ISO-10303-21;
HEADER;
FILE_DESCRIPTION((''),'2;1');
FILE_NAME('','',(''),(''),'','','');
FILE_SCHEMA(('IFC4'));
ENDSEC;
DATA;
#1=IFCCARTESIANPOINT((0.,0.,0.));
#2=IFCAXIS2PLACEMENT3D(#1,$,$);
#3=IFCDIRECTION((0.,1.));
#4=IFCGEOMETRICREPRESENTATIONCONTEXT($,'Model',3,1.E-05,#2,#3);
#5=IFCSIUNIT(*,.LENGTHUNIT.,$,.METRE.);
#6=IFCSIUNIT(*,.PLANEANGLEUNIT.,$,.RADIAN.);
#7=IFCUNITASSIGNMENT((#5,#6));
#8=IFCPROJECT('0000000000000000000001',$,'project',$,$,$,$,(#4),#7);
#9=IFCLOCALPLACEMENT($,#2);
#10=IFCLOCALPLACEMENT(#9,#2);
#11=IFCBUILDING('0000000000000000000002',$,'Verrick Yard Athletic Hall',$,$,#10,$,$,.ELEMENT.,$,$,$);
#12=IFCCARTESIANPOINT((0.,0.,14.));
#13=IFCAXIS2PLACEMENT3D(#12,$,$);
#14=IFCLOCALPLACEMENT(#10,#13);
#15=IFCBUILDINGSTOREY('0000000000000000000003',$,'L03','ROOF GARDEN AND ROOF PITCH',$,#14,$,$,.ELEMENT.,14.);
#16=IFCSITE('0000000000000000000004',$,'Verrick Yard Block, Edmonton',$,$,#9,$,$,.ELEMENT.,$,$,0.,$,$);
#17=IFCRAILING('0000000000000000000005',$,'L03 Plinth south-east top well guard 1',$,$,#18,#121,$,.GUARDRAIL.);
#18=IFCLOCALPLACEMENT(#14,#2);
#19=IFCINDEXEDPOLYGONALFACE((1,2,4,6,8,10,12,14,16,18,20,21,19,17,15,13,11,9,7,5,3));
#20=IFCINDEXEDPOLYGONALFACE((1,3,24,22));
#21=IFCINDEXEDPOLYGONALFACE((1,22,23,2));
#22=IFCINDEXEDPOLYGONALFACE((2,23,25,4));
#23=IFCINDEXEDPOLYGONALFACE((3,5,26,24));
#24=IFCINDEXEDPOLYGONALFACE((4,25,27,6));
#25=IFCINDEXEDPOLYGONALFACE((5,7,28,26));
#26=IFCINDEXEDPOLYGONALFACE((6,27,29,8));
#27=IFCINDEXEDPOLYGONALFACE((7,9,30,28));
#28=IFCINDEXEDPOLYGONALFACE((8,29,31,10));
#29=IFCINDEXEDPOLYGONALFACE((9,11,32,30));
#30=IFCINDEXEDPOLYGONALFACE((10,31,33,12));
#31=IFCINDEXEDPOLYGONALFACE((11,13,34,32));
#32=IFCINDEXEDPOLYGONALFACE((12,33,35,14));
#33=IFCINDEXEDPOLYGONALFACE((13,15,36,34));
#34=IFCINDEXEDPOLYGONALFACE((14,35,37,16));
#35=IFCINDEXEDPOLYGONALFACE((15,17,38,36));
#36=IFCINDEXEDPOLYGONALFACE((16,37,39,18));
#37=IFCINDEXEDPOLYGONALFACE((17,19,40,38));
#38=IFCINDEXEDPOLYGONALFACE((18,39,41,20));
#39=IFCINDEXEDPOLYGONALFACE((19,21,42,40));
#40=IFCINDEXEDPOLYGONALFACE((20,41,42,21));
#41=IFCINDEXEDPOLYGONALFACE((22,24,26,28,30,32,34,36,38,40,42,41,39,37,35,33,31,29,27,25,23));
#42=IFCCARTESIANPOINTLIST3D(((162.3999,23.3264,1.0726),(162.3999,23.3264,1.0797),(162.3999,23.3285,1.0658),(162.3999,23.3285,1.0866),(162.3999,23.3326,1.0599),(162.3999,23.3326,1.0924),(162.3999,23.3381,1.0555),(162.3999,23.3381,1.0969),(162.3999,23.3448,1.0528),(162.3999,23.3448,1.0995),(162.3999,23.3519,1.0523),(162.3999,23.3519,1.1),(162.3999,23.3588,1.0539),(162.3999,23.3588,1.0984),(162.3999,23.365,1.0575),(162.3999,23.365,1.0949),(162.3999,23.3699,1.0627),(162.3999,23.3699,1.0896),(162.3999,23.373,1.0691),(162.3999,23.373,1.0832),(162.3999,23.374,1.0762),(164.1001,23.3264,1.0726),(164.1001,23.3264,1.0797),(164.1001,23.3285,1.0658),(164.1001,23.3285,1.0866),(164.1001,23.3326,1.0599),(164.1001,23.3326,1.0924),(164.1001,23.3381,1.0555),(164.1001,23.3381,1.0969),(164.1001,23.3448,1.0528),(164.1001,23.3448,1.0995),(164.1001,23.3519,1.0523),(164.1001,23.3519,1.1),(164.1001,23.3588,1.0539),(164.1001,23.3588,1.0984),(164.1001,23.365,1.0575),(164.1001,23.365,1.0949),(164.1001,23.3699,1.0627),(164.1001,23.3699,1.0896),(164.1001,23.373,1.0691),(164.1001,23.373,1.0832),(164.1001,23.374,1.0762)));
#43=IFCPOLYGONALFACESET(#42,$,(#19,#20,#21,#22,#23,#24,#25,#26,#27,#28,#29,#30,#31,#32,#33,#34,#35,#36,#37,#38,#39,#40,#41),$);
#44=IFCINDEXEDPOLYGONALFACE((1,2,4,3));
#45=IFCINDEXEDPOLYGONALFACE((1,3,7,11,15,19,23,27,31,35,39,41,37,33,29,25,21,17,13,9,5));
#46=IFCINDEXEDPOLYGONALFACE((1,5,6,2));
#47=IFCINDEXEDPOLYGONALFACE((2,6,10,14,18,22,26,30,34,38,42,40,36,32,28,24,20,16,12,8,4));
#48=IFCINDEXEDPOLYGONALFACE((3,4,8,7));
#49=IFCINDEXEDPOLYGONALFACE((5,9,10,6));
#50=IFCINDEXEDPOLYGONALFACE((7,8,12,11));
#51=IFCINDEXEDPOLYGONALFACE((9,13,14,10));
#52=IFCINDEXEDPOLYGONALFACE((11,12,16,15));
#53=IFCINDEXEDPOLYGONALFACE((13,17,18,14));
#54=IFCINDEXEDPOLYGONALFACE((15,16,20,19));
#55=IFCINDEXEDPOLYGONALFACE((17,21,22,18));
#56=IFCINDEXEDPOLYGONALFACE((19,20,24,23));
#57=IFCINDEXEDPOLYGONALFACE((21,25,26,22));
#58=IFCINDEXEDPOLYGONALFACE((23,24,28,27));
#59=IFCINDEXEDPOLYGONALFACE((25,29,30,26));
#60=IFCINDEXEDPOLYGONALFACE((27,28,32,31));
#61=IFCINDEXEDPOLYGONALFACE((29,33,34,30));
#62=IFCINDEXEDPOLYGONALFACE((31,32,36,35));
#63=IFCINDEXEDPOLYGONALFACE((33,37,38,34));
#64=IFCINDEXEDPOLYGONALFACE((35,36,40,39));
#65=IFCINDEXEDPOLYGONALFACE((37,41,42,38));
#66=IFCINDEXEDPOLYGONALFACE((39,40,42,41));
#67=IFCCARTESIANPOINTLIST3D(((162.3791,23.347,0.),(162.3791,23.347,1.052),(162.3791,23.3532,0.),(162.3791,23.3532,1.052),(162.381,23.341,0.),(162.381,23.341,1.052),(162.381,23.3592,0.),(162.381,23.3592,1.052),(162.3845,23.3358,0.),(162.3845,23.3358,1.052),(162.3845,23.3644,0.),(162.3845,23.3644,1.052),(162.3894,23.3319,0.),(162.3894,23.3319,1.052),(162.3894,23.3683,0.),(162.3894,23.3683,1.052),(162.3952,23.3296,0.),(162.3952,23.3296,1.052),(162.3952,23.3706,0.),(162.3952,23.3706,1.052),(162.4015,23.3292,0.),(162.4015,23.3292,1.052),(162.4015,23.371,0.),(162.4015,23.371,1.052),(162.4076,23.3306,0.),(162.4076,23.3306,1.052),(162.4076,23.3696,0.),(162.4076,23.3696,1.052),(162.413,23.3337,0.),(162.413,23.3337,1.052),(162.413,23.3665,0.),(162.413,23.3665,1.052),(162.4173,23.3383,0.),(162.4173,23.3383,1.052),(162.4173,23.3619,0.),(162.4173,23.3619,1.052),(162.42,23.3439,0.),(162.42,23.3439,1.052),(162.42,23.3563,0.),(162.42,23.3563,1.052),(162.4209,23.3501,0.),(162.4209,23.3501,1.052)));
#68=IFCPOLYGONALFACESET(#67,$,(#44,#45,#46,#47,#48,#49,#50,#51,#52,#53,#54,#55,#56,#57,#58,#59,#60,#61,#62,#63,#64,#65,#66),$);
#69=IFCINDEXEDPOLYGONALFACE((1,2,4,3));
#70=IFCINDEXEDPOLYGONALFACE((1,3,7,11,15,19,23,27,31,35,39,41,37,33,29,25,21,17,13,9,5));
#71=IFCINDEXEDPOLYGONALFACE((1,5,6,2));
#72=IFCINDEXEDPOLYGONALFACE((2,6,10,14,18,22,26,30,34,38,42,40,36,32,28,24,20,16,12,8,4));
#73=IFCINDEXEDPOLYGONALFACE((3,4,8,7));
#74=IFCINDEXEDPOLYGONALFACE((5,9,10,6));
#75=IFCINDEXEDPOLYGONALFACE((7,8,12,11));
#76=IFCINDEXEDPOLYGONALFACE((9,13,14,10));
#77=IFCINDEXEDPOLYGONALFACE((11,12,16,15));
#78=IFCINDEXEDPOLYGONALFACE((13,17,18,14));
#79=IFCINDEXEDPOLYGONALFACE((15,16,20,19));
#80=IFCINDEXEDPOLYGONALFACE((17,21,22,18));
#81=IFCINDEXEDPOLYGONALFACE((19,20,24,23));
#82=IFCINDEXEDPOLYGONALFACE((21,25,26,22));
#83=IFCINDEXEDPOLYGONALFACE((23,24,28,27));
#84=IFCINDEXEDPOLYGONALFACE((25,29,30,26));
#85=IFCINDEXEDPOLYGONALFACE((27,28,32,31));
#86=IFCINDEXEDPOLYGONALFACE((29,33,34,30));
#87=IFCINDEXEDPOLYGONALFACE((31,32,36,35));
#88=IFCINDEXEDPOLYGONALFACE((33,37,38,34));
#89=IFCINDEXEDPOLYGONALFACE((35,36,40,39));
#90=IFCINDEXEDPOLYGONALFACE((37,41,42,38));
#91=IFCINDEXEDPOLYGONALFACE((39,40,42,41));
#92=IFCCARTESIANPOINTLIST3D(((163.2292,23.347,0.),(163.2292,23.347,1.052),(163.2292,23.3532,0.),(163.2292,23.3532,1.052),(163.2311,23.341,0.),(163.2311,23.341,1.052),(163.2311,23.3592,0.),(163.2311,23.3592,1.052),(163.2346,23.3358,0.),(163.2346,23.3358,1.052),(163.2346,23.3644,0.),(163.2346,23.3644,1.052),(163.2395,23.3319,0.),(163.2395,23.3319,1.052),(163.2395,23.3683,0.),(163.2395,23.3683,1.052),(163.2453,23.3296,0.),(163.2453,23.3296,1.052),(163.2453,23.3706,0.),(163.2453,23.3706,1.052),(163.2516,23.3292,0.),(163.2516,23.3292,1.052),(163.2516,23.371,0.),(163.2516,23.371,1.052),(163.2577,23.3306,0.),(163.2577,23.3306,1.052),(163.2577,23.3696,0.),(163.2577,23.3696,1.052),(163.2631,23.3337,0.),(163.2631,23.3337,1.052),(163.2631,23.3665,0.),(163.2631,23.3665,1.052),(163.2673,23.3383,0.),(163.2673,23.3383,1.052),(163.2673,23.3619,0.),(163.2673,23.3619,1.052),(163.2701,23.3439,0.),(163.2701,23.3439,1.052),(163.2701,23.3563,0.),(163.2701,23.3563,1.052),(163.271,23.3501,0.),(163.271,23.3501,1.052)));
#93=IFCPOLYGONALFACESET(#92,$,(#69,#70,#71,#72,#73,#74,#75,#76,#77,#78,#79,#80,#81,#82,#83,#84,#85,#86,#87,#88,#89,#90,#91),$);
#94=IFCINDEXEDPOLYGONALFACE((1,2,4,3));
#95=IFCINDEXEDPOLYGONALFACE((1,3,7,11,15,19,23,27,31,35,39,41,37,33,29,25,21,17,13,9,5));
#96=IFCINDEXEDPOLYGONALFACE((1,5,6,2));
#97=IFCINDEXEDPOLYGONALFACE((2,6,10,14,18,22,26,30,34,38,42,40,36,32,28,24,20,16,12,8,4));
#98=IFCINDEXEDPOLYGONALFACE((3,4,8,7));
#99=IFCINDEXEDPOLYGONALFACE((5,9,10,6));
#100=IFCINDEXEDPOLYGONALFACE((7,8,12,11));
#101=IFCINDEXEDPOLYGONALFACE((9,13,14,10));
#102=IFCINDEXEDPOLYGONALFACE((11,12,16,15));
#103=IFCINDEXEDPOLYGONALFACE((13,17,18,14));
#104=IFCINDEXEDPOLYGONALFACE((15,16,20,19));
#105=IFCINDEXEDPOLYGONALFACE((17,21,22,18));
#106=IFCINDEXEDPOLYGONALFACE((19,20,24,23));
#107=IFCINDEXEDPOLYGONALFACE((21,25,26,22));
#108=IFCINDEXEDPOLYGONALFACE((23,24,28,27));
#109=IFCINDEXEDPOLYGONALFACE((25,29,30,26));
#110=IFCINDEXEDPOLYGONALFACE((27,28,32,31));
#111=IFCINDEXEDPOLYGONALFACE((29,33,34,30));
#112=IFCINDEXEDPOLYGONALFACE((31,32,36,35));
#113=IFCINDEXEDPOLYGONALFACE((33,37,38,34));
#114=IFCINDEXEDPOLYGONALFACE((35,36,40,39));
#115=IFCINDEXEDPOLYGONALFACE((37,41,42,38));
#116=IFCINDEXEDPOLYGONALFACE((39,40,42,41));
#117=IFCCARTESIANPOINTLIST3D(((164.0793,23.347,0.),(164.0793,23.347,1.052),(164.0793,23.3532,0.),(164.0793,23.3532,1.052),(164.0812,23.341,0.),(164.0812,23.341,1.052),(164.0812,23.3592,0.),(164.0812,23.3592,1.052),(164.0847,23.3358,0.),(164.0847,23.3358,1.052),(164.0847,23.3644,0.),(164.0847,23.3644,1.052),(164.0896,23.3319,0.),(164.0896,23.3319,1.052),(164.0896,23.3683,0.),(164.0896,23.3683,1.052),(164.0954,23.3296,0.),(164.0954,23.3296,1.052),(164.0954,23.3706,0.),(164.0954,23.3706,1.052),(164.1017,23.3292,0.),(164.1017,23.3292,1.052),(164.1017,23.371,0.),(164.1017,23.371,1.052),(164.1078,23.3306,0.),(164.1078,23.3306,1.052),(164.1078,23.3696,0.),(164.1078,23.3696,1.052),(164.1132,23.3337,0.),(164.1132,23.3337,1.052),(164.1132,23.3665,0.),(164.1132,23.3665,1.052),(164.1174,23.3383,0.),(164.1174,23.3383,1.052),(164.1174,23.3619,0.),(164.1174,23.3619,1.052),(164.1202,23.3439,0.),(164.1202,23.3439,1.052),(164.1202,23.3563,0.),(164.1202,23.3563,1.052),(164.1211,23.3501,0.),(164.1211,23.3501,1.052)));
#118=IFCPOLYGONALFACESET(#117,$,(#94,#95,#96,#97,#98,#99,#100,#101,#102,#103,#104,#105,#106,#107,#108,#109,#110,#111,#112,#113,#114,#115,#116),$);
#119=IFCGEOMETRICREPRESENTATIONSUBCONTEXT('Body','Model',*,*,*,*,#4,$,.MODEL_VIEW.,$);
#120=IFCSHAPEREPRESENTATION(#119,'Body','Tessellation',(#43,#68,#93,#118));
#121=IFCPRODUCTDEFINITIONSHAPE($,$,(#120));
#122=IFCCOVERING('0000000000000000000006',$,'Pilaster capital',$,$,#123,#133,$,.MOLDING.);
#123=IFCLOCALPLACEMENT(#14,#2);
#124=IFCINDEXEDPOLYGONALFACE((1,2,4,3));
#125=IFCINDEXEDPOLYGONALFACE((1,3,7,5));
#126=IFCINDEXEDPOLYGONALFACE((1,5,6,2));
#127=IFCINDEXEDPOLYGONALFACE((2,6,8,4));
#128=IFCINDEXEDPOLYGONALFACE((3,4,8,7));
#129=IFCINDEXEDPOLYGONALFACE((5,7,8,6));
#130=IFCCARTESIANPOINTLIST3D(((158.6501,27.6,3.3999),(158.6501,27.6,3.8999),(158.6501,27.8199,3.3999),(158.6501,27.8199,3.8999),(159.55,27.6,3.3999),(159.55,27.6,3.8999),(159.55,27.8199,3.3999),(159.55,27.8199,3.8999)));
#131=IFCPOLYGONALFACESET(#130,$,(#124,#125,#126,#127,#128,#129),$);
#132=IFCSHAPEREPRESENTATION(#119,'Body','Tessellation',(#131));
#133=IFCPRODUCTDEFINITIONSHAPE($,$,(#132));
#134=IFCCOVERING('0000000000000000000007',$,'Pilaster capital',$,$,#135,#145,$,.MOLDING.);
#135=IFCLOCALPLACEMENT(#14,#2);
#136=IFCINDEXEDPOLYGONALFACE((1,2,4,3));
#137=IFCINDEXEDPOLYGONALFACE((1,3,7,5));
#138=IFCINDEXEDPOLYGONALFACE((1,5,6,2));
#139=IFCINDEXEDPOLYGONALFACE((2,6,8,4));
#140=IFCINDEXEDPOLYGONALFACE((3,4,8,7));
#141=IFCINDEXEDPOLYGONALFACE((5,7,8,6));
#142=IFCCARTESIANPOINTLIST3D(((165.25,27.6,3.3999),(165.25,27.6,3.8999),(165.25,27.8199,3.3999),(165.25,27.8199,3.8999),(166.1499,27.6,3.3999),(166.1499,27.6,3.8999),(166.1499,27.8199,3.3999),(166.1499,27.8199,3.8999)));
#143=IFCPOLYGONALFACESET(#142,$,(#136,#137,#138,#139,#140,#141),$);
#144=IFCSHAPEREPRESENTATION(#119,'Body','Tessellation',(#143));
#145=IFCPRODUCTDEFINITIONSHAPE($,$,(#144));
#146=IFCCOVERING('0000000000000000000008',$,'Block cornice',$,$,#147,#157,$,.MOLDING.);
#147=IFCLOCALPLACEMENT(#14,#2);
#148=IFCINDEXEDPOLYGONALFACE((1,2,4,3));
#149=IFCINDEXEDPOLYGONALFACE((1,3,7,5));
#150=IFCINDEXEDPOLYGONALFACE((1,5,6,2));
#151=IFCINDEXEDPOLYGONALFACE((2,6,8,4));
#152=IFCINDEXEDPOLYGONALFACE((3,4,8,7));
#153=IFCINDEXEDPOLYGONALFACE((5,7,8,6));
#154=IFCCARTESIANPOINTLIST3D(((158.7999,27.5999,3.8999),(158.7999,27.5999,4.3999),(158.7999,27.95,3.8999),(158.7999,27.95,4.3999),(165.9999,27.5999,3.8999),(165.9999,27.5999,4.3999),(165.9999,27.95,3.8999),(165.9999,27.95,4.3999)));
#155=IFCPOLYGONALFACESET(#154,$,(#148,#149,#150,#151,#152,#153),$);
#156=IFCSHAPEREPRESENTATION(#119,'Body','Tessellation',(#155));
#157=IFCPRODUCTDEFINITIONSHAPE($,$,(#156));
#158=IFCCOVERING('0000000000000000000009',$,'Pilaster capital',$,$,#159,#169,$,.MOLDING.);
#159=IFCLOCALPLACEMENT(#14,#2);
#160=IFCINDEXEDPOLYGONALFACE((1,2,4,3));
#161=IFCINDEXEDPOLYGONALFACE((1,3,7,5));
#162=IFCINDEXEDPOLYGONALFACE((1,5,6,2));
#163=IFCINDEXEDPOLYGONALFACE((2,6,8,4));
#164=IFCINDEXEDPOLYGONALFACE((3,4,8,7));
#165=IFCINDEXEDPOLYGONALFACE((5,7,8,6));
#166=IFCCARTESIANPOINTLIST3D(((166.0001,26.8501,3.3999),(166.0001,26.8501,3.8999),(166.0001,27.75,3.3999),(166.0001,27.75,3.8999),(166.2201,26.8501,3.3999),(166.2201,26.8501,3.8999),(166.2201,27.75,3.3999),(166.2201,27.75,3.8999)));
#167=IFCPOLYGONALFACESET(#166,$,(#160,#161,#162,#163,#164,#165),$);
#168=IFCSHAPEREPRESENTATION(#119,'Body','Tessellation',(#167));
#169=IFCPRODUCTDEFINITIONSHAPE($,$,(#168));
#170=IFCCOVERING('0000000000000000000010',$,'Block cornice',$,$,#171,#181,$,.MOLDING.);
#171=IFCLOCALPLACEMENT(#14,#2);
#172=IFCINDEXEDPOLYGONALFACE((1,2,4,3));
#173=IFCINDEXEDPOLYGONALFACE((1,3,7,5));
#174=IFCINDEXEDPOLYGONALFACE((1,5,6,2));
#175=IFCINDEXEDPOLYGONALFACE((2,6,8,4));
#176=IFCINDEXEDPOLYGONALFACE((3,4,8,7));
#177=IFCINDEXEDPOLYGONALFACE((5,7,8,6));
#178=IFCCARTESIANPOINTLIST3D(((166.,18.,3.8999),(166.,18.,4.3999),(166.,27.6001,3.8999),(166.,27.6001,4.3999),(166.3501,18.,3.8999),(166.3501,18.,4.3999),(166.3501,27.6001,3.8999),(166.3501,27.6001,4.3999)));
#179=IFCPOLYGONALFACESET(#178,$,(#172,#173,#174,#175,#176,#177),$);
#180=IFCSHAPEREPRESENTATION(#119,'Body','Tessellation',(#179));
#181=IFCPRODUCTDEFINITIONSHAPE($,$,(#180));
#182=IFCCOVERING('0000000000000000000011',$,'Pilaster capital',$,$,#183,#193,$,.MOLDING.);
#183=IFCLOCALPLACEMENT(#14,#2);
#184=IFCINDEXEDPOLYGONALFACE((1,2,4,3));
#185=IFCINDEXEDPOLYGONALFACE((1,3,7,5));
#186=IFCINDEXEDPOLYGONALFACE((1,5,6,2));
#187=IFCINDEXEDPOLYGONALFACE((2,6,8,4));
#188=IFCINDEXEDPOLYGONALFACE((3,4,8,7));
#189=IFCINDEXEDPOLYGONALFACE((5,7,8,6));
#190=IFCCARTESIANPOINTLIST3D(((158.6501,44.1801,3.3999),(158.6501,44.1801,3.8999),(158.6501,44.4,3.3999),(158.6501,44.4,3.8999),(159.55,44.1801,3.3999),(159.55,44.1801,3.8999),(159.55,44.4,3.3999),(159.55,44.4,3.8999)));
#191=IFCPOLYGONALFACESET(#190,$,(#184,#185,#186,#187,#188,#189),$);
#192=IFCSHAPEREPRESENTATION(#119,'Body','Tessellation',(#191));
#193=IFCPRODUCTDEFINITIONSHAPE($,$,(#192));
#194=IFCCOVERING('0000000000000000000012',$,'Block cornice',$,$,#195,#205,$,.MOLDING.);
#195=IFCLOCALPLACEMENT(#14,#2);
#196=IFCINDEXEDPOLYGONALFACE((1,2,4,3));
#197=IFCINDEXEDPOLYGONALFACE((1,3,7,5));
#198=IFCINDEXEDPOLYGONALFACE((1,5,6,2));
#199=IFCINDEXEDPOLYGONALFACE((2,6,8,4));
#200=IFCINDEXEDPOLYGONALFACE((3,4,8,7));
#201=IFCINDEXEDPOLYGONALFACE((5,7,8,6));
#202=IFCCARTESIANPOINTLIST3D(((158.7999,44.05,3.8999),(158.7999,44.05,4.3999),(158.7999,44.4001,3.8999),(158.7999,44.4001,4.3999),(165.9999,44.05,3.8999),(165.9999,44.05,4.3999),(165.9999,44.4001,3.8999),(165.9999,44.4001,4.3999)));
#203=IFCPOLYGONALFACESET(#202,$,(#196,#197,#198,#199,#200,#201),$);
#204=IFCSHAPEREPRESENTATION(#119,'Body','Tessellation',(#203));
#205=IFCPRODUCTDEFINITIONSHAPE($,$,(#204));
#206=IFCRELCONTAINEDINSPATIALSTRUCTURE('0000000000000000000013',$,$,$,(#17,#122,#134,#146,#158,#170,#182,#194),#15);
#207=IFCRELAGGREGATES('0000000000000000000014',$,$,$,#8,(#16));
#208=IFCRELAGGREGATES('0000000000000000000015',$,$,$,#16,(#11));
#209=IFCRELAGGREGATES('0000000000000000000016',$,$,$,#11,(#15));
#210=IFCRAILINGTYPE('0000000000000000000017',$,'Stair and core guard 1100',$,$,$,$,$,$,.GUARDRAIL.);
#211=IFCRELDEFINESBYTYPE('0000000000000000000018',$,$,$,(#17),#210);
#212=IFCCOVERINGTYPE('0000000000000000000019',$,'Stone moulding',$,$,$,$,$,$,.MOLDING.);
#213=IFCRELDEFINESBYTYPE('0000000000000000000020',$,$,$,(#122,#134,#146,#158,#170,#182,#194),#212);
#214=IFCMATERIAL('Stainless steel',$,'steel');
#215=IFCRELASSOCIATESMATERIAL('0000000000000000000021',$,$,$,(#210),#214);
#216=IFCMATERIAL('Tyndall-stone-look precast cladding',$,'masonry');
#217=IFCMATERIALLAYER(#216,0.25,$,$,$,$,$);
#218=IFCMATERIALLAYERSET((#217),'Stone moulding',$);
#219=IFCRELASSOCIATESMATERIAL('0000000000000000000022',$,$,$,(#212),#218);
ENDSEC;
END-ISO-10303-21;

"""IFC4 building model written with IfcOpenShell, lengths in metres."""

from ifc_helpers import new_model, si_unit, direction, frame, origin, origin_2d, place, context, subcontext, project, spatial, rectangle, circle, extrude, material, layer, layer_set, type_object, element, save


model = new_model("IFC4")

# Units and contexts
model_context = context("Model", 3, precision=1e-05, world=origin(), true_north=direction((0.0, 1.0)))
body_context = subcontext(model_context, "Body", "Model", "MODEL_VIEW")
ifc_project = project(units=[si_unit("LENGTHUNIT", "METRE"), si_unit("PLANEANGLEUNIT", "RADIAN")], contexts=[model_context])

# Site, building, storey
site_placement = place(None, origin())
site = spatial("IfcSite", under=ifc_project, at=site_placement, Name="Verrick Yard Block, Edmonton", CompositionType="ELEMENT", RefElevation=0.0)
building_placement = place(site_placement, origin())
building = spatial("IfcBuilding", under=site, at=building_placement, Name="Verrick Yard Athletic Hall", CompositionType="ELEMENT")
storey_placement = place(building_placement, frame((0.0, 0.0, 14.0)))
storey = spatial("IfcBuildingStorey", under=building, at=storey_placement, Name="L03", Description="ROOF GARDEN AND ROOF PITCH", CompositionType="ELEMENT", Elevation=14.0)

# Railing
ifc_material_1 = material(Name="Stainless steel", Category="steel")
railing_type_1 = type_object("IfcRailingType", Name="Stair and core guard 1100", PredefinedType="GUARDRAIL", material=ifc_material_1)
railing_1_placement = place(storey_placement, frame((162.3999, 23.3501, 0.0)))
element("IfcRailing", 1, at=railing_1_placement, inside=storey, type_object=railing_type_1, Name="L03 Plinth south-east top well guard 1", PredefinedType="GUARDRAIL", context=body_context, shape_type="SweptSolid", body=[
    extrude(circle(Radius=0.0239, at=origin_2d()), frame((0.0, 0.0, 1.0762), z_axis=(1.0, 0.0, 0.0), x_axis=(0.0, 1.0, 0.0)), (0.0, 0.0, 1.0), 1.7002),
    extrude(circle(Radius=0.021, at=origin_2d()), origin(), (0.0, 0.0, 1.0), 1.052),
    extrude(circle(Radius=0.021, at=origin_2d()), frame((0.8501, 0.0, 0.0)), (0.0, 0.0, 1.0), 1.052),
    extrude(circle(Radius=0.021, at=origin_2d()), frame((1.7002, 0.0, 0.0)), (0.0, 0.0, 1.0), 1.052),
])

# Coverings
ifc_material_2 = material(Name="Tyndall-stone-look precast cladding", Category="masonry")
ifc_layer_1 = layer(ifc_material_2, 0.25)
ifc_layer_set_1 = layer_set([ifc_layer_1], Name="Stone moulding")
covering_type = type_object("IfcCoveringType", Name="Stone moulding", PredefinedType="MOLDING", material=ifc_layer_set_1)
for number, where, z_axis, x_axis, name in (
    (2, (159.1001, 27.71, 3.3999), (0.0, 0.0, 1.0), (1.0, 0.0, 0.0), "Pilaster capital"),
    (3, (165.7, 27.71, 3.3999), (0.0, 0.0, 1.0), (1.0, 0.0, 0.0), "Pilaster capital"),
):
    element("IfcCovering", number, at=place(storey_placement, frame(where, z_axis=z_axis, x_axis=x_axis)), inside=storey, type_object=covering_type, Name=name, PredefinedType="MOLDING", context=body_context, shape_type="SweptSolid", body=[
        extrude(rectangle(XDim=0.8999, YDim=0.22, at=origin_2d()), origin(), (0.0, 0.0, 1.0), 0.5),
    ])
covering_1_placement = place(storey_placement, frame((162.3999, 27.7749, 3.8999), z_axis=(0.0, 0.0, 1.0), x_axis=(1.0, 0.0, 0.0)))
element("IfcCovering", 4, at=covering_1_placement, inside=storey, type_object=covering_type, Name="Block cornice", PredefinedType="MOLDING", context=body_context, shape_type="SweptSolid", body=[
    extrude(rectangle(XDim=7.2, YDim=0.3501, at=origin_2d()), origin(), (0.0, 0.0, 1.0), 0.5),
])
covering_2_placement = place(storey_placement, frame((166.1101, 27.3, 3.3999), z_axis=(0.0, 0.0, 1.0), x_axis=(1.0, 0.0, 0.0)))
element("IfcCovering", 5, at=covering_2_placement, inside=storey, type_object=covering_type, Name="Pilaster capital", PredefinedType="MOLDING", context=body_context, shape_type="SweptSolid", body=[
    extrude(rectangle(XDim=0.22, YDim=0.8999, at=origin_2d()), origin(), (0.0, 0.0, 1.0), 0.5),
])
covering_3_placement = place(storey_placement, frame((166.175, 22.8, 3.8999), z_axis=(0.0, 0.0, 1.0), x_axis=(1.0, 0.0, 0.0)))
element("IfcCovering", 6, at=covering_3_placement, inside=storey, type_object=covering_type, Name="Block cornice", PredefinedType="MOLDING", context=body_context, shape_type="SweptSolid", body=[
    extrude(rectangle(XDim=0.3501, YDim=9.6001, at=origin_2d()), origin(), (0.0, 0.0, 1.0), 0.5),
])
covering_4_placement = place(storey_placement, frame((159.1001, 44.29, 3.3999), z_axis=(0.0, 0.0, 1.0), x_axis=(1.0, 0.0, 0.0)))
element("IfcCovering", 7, at=covering_4_placement, inside=storey, type_object=covering_type, Name="Pilaster capital", PredefinedType="MOLDING", context=body_context, shape_type="SweptSolid", body=[
    extrude(rectangle(XDim=0.8999, YDim=0.22, at=origin_2d()), origin(), (0.0, 0.0, 1.0), 0.5),
])
covering_5_placement = place(storey_placement, frame((162.3999, 44.2251, 3.8999), z_axis=(0.0, 0.0, 1.0), x_axis=(1.0, 0.0, 0.0)))
element("IfcCovering", 8, at=covering_5_placement, inside=storey, type_object=covering_type, Name="Block cornice", PredefinedType="MOLDING", context=body_context, shape_type="SweptSolid", body=[
    extrude(rectangle(XDim=7.2, YDim=0.3501, at=origin_2d()), origin(), (0.0, 0.0, 1.0), 0.5),
])

save(model, "model.ifc")
